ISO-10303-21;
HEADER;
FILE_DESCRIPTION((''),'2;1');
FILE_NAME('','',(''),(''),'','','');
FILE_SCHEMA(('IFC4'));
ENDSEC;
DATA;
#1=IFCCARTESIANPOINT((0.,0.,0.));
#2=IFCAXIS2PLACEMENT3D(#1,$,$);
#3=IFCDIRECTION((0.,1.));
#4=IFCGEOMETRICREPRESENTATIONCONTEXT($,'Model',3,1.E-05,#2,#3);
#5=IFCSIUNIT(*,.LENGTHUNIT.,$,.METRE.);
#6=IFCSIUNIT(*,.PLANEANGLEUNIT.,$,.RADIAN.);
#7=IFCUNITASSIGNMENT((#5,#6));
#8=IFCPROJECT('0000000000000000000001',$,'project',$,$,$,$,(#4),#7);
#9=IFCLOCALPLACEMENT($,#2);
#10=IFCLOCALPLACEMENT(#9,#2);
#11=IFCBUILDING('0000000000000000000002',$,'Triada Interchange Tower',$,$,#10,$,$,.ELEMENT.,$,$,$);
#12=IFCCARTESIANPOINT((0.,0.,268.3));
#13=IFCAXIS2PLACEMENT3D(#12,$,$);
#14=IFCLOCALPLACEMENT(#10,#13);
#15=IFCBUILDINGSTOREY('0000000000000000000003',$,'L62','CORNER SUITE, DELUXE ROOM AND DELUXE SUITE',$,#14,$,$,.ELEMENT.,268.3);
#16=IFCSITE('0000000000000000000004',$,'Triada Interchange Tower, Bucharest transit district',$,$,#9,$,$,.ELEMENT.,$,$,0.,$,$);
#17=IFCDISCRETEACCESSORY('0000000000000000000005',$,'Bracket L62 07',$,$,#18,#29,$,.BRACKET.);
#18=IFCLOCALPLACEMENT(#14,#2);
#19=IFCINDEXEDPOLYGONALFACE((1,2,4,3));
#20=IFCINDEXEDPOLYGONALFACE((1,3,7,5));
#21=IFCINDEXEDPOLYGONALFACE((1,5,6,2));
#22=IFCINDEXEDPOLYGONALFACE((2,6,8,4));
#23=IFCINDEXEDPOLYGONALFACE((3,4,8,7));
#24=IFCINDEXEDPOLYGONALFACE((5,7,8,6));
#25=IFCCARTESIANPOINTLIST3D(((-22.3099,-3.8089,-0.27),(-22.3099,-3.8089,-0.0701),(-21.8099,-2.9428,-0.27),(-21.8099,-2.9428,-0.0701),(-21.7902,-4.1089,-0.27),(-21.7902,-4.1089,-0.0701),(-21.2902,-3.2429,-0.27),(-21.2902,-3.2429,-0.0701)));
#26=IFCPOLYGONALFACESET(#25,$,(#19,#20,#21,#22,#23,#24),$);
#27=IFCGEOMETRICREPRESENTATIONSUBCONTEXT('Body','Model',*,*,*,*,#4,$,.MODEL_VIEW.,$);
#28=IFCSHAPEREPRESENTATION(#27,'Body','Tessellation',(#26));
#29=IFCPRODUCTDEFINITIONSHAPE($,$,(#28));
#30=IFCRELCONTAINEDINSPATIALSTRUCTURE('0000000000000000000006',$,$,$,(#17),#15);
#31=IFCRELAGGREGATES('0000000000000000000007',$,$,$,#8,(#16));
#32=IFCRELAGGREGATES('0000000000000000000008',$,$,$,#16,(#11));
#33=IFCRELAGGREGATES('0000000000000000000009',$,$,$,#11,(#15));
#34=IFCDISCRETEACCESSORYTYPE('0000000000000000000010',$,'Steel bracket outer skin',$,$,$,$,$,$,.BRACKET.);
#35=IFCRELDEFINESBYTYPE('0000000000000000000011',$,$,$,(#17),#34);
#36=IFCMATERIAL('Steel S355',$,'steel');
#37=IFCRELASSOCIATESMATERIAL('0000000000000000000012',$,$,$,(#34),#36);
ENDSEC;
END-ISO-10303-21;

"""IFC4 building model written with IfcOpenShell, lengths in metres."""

from ifc_helpers import new_model, si_unit, direction, frame, origin, origin_2d, place, context, subcontext, project, spatial, rectangle, extrude, material, type_object, element, save


model = new_model("IFC4")

# Units and contexts
model_context = context("Model", 3, precision=1e-05, world=origin(), true_north=direction((0.0, 1.0)))
body_context = subcontext(model_context, "Body", "Model", "MODEL_VIEW")
ifc_project = project(units=[si_unit("LENGTHUNIT", "METRE"), si_unit("PLANEANGLEUNIT", "RADIAN")], contexts=[model_context])

# Site, building, storey
site_placement = place(None, origin())
site = spatial("IfcSite", under=ifc_project, at=site_placement, Name="Triada Interchange Tower, Bucharest transit district", CompositionType="ELEMENT", RefElevation=0.0)
building_placement = place(site_placement, origin())
building = spatial("IfcBuilding", under=site, at=building_placement, Name="Triada Interchange Tower", CompositionType="ELEMENT")
storey_placement = place(building_placement, frame((0.0, 0.0, 268.3)))
storey = spatial("IfcBuildingStorey", under=building, at=storey_placement, Name="L62", Description="CORNER SUITE, DELUXE ROOM AND DELUXE SUITE", CompositionType="ELEMENT", Elevation=268.3)

# Discrete accessory
ifc_material_1 = material(Name="Steel S355", Category="steel")
discrete_accessory_type = type_object("IfcDiscreteAccessoryType", Name="Steel bracket outer skin", PredefinedType="BRACKET", material=ifc_material_1)
discrete_accessory_placement = place(storey_placement, frame((-21.8, -3.5259, -0.27), z_axis=(0.0, 0.0, 1.0), x_axis=(-0.866029, 0.499994, 0.0)))
element("IfcDiscreteAccessory", 1, at=discrete_accessory_placement, inside=storey, type_object=discrete_accessory_type, Name="Bracket L62 07", PredefinedType="BRACKET", context=body_context, shape_type="SweptSolid", body=[
    extrude(rectangle(XDim=0.6001, YDim=1.0, at=origin_2d()), origin(), (0.0, 0.0, 1.0), 0.2),
])

save(model, "model.ifc")
